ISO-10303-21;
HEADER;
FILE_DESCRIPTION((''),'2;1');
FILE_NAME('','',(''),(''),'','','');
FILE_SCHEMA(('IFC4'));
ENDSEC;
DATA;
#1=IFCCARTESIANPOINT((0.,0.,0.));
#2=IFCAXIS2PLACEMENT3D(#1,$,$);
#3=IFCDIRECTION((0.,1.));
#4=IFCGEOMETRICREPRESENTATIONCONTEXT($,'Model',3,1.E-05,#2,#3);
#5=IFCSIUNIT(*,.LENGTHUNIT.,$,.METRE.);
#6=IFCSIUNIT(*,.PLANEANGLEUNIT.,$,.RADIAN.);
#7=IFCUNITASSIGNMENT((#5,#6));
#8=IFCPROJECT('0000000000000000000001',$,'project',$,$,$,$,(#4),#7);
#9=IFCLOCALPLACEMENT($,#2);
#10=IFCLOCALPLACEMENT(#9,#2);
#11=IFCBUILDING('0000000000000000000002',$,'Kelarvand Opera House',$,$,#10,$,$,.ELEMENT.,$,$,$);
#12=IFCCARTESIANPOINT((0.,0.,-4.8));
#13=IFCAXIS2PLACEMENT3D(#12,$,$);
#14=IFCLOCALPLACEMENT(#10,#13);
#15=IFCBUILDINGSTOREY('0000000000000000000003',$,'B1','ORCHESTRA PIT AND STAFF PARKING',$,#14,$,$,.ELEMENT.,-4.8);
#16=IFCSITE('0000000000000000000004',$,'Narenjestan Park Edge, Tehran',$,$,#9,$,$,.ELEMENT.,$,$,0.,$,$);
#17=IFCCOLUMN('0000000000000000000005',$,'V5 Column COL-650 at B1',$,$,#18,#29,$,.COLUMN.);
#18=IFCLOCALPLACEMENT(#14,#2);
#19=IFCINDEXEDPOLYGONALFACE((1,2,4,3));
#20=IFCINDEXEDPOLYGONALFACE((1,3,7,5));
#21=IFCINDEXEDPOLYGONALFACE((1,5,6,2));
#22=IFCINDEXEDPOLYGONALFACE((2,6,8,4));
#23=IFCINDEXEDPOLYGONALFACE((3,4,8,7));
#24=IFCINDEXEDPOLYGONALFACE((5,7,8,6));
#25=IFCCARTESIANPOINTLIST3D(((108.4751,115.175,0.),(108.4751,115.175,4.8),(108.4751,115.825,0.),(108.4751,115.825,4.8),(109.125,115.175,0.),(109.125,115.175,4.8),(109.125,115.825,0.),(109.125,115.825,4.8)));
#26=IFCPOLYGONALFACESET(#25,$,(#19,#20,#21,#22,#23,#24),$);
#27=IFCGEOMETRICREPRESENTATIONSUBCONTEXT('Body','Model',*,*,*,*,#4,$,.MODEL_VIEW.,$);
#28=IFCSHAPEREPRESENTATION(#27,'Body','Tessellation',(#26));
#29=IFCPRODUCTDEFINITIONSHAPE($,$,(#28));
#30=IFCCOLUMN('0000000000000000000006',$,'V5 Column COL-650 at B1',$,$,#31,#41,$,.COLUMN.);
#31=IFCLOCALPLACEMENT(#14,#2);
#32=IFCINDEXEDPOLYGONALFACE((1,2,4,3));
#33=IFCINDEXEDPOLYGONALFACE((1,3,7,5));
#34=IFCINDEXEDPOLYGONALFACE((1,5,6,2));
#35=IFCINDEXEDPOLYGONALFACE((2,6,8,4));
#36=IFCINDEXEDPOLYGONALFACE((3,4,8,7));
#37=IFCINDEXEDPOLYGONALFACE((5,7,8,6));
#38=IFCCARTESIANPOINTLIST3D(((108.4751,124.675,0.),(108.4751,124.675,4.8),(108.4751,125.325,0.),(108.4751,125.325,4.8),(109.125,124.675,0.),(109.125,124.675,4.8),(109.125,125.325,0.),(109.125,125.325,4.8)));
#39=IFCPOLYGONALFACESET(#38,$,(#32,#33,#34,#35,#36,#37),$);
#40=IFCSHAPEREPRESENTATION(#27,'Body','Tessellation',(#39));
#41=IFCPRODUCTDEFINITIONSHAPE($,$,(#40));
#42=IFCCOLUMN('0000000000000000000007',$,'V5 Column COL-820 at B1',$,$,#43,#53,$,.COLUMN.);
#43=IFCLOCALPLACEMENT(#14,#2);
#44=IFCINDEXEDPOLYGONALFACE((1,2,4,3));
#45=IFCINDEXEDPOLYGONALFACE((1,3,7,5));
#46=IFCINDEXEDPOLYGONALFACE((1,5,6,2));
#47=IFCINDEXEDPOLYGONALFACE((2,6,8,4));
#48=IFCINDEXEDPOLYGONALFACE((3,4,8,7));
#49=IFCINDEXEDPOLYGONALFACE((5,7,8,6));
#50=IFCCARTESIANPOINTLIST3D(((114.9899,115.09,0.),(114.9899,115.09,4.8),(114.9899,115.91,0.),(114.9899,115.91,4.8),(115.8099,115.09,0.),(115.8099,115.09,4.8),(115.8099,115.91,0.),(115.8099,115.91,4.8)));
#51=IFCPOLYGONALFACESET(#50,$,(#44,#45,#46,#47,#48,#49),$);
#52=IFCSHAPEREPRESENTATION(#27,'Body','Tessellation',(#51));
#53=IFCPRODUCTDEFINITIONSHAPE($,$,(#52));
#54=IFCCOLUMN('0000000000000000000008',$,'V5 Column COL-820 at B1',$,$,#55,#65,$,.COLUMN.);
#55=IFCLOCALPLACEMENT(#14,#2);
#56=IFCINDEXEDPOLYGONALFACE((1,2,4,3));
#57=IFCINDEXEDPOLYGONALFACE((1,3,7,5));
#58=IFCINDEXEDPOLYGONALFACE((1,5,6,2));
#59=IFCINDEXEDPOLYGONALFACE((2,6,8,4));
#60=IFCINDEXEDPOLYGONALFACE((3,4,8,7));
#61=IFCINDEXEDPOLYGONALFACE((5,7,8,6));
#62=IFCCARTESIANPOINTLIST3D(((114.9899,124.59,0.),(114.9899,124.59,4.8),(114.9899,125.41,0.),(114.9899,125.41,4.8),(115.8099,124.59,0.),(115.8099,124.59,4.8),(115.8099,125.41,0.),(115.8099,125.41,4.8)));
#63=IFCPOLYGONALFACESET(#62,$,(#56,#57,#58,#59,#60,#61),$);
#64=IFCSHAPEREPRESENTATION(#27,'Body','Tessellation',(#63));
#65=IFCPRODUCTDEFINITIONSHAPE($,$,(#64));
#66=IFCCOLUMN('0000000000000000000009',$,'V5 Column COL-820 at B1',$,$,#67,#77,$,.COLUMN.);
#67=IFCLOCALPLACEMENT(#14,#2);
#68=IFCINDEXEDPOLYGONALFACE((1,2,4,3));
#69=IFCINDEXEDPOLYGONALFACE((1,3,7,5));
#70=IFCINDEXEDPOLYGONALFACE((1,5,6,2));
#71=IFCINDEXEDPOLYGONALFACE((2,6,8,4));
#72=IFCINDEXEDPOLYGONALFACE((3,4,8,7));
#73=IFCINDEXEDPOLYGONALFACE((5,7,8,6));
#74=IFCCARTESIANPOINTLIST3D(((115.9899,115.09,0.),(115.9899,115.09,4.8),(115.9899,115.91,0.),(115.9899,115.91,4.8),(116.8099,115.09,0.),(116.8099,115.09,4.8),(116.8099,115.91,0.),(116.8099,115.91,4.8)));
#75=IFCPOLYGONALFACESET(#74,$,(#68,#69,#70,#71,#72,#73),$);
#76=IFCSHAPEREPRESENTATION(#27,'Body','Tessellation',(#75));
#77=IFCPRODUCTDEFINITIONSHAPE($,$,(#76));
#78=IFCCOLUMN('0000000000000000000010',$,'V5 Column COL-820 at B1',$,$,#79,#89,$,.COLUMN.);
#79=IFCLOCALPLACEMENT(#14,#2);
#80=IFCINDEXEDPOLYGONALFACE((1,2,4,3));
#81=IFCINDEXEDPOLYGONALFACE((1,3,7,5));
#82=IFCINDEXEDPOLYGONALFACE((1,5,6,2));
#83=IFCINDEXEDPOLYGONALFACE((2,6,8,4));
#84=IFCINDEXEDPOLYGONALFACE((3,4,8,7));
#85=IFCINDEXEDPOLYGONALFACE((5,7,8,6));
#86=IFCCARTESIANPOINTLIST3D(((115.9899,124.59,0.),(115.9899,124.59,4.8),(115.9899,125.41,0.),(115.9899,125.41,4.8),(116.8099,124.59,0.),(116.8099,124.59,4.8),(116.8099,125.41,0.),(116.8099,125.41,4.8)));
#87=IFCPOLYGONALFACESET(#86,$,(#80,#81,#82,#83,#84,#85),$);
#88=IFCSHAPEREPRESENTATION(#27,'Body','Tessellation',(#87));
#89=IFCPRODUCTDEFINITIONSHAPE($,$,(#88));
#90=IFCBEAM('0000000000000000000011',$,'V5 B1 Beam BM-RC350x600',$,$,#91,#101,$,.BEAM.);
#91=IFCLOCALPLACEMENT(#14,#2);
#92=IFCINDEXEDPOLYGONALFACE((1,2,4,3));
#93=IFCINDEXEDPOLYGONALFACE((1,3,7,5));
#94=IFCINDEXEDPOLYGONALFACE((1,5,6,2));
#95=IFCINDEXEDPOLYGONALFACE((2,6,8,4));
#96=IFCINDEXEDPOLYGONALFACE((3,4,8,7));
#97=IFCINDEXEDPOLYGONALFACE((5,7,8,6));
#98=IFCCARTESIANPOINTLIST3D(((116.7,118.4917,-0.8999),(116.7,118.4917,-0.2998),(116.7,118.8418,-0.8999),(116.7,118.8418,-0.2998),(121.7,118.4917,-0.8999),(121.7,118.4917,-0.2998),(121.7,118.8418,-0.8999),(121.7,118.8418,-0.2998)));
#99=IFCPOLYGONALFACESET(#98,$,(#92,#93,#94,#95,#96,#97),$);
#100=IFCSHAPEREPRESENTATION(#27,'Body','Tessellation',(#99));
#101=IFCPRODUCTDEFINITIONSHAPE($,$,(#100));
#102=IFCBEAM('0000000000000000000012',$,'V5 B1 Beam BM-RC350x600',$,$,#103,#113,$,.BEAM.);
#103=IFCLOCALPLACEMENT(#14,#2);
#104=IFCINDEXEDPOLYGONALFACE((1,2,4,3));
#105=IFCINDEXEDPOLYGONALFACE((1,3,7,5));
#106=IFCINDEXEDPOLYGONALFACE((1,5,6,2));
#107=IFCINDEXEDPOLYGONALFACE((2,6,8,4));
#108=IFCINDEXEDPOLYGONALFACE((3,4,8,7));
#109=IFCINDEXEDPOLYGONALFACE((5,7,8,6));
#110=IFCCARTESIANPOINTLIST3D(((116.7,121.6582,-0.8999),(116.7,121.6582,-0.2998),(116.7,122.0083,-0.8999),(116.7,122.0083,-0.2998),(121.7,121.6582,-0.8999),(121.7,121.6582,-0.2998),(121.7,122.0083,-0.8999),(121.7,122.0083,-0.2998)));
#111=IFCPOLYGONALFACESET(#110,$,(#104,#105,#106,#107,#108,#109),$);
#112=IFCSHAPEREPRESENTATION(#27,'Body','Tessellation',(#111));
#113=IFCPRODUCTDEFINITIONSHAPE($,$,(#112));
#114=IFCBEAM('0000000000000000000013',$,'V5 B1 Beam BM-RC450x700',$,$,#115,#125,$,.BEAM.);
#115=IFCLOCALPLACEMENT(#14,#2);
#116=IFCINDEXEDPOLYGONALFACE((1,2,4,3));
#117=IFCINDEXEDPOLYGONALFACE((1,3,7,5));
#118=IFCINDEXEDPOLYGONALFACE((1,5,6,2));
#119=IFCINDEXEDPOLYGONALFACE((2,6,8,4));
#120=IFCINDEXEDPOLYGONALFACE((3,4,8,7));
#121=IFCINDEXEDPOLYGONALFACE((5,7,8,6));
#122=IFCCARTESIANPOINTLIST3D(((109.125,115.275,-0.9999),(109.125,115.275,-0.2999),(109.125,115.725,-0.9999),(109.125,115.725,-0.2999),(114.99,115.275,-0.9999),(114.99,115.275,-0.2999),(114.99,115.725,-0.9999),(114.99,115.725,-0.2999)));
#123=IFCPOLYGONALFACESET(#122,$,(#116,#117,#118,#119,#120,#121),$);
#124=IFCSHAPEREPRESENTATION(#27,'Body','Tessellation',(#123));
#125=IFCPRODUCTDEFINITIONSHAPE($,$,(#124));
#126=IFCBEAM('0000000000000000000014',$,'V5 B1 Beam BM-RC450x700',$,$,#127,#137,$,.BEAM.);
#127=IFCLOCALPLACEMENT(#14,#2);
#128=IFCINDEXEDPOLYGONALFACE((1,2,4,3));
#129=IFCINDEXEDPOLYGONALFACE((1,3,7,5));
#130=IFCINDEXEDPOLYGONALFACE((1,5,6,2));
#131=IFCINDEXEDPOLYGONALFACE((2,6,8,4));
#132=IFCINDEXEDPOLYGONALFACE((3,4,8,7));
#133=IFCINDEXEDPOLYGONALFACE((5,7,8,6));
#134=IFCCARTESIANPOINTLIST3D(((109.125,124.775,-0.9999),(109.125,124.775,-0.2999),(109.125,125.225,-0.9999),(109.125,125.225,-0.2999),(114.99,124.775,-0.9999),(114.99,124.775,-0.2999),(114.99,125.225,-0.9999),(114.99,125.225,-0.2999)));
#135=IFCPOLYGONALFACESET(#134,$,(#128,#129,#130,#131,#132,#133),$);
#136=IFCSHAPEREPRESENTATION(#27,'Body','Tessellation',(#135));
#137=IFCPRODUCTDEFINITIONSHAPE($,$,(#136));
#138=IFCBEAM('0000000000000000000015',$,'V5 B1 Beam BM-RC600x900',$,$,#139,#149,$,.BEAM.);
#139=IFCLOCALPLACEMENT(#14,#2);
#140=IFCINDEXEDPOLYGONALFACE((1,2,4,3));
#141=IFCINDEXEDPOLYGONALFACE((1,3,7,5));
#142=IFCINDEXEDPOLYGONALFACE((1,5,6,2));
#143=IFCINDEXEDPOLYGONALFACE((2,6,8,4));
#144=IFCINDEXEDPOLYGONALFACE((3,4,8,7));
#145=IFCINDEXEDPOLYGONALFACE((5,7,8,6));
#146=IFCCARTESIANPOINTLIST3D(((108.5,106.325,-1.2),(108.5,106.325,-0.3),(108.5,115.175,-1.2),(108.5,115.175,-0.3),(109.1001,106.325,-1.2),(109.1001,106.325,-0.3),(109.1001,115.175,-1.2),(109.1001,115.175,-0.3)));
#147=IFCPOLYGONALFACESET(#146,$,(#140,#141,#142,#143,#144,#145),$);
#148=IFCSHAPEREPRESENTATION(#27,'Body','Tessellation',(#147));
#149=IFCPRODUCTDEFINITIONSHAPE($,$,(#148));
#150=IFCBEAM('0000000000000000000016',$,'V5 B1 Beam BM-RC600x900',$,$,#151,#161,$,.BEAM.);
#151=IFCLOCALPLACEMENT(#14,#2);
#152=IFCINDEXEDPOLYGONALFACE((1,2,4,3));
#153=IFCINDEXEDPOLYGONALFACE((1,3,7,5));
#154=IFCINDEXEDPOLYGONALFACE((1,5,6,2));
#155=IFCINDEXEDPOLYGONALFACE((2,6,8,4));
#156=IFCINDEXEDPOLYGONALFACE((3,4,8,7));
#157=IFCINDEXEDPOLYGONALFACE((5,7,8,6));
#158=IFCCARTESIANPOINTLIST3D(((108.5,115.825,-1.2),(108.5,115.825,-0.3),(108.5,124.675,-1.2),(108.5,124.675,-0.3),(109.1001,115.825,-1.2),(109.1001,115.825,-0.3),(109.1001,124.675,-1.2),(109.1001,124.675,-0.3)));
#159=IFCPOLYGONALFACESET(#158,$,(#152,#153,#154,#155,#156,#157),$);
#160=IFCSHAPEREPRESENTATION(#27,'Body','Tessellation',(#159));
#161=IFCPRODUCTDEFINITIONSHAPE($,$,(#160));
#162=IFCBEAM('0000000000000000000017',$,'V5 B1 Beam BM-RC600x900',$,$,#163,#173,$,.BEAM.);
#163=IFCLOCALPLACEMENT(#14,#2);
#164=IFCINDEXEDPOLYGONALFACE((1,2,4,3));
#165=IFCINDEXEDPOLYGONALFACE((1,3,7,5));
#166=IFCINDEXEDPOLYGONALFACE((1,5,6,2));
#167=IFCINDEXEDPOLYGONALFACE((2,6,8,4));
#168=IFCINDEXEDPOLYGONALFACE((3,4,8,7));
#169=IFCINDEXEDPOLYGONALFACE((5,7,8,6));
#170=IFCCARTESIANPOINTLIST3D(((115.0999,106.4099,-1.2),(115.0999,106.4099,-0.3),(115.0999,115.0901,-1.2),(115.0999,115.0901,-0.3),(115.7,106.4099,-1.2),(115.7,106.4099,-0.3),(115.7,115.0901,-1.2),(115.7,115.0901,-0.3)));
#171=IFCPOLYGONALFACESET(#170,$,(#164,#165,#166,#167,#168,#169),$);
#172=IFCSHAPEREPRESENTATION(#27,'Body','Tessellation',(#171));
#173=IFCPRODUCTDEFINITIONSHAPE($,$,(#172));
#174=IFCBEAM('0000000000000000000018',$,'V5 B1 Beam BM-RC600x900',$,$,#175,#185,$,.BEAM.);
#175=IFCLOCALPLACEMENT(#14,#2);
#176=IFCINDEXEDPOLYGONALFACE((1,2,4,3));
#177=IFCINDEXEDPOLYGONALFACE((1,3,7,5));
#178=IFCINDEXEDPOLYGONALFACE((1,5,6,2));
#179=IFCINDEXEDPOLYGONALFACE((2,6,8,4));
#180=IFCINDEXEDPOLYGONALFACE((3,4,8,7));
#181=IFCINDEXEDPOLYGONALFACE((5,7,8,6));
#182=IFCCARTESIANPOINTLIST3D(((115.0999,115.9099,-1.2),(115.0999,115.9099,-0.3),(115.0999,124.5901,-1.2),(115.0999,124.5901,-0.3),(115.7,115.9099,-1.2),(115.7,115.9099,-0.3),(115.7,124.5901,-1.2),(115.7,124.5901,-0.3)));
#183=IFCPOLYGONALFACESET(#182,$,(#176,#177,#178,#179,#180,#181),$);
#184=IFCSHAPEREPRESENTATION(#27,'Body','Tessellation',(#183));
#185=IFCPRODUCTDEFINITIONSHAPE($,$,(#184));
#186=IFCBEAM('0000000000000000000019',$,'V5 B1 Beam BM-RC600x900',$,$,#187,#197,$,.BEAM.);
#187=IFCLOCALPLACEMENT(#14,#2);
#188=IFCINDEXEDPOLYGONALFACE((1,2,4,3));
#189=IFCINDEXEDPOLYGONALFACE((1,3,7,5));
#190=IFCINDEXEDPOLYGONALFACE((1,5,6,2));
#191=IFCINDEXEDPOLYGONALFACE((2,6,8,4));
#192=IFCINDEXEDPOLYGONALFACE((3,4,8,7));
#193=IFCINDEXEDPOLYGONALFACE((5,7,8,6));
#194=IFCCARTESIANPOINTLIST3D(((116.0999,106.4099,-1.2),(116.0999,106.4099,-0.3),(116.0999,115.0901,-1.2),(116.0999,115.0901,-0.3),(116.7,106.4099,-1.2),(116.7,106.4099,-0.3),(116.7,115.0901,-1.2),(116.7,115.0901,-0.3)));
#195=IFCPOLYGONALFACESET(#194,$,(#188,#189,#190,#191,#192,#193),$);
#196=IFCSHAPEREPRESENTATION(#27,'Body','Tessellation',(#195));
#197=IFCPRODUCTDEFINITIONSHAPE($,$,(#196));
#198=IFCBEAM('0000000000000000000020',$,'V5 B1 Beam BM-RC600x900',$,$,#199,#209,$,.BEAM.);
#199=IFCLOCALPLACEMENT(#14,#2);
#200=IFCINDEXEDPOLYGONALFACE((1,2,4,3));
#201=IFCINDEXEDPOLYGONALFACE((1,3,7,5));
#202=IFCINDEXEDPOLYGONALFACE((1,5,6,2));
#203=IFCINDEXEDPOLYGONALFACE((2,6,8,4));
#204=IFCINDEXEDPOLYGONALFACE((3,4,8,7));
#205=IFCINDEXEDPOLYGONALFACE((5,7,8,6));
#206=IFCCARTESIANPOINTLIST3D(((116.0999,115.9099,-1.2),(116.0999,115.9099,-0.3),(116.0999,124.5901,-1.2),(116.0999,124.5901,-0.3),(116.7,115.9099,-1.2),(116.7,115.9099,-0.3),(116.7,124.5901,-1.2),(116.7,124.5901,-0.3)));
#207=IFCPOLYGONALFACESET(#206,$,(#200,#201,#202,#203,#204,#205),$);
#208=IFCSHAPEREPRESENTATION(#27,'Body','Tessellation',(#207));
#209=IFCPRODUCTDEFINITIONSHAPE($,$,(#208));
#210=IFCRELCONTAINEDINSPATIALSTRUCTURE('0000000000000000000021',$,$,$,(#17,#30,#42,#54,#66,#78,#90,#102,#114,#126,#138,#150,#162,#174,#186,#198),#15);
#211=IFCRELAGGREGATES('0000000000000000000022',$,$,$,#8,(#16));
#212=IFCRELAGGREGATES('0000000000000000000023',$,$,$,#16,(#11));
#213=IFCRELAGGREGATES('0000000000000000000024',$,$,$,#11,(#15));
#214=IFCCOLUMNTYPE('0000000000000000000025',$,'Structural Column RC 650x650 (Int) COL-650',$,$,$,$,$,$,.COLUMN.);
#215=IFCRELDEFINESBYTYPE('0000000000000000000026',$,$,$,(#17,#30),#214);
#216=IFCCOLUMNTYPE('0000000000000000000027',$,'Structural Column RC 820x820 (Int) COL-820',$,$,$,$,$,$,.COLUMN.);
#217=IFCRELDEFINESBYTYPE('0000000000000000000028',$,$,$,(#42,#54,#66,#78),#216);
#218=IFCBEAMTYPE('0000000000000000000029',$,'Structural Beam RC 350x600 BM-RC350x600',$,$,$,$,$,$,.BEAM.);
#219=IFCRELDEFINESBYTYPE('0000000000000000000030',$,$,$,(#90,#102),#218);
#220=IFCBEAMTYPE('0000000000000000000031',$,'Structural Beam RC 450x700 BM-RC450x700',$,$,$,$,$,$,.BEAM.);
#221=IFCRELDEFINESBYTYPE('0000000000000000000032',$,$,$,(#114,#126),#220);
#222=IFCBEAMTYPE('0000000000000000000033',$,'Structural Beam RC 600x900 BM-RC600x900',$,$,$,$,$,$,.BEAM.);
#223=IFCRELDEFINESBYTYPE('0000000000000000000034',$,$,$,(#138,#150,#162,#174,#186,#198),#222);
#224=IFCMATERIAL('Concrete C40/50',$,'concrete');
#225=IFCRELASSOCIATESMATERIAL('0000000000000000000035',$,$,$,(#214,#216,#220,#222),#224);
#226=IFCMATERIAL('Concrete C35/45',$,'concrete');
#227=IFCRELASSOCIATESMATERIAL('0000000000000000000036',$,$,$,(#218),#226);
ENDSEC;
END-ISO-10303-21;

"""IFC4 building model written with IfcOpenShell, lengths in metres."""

from ifc_helpers import new_model, si_unit, direction, frame, origin, origin_2d, place, context, subcontext, project, spatial, rectangle, extrude, material, material_profile, profile_set, type_object, element, save


model = new_model("IFC4")

# Units and contexts
model_context = context("Model", 3, precision=1e-05, world=origin(), true_north=direction((0.0, 1.0)))
body_context = subcontext(model_context, "Body", "Model", "MODEL_VIEW")
ifc_project = project(units=[si_unit("LENGTHUNIT", "METRE"), si_unit("PLANEANGLEUNIT", "RADIAN")], contexts=[model_context])

# Site, building, storey
site_placement = place(None, origin())
site = spatial("IfcSite", under=ifc_project, at=site_placement, Name="Narenjestan Park Edge, Tehran", CompositionType="ELEMENT", RefElevation=0.0)
building_placement = place(site_placement, origin())
building = spatial("IfcBuilding", under=site, at=building_placement, Name="Kelarvand Opera House", CompositionType="ELEMENT")
storey_placement = place(building_placement, frame((0.0, 0.0, -4.8)))
storey = spatial("IfcBuildingStorey", under=building, at=storey_placement, Name="B1", Description="ORCHESTRA PIT AND STAFF PARKING", CompositionType="ELEMENT", Elevation=-4.8)

# Columns
ifc_material_1 = material(Name="Concrete C40/50", Category="concrete")
ifc_material_profile_1 = material_profile(ifc_material_1, rectangle(XDim=0.6499, YDim=0.6499, at=origin_2d()), Name="RC 650x650", Category="concrete")
ifc_profile_set_1 = profile_set([ifc_material_profile_1], Name="Concrete C40/50")
column_type_1 = type_object("IfcColumnType", Name="Structural Column RC 650x650 (Int) COL-650", PredefinedType="COLUMN", material=ifc_profile_set_1)
for number, where, z_axis, x_axis, name in (
    (1, (108.8, 115.5, 0.0), (0.0, 0.0, 1.0), (1.0, 0.0, 0.0), "V5 Column COL-650 at B1"),
    (2, (108.8, 125.0, 0.0), (0.0, 0.0, 1.0), (1.0, 0.0, 0.0), "V5 Column COL-650 at B1"),
):
    element("IfcColumn", number, at=place(storey_placement, frame(where, z_axis=z_axis, x_axis=x_axis)), inside=storey, type_object=column_type_1, Name=name, PredefinedType="COLUMN", context=body_context, shape_type="SweptSolid", body=[
        extrude(rectangle(XDim=0.6499, YDim=0.6499, at=origin_2d()), origin(), (0.0, 0.0, 1.0), 4.8),
    ])
ifc_material_profile_2 = material_profile(ifc_material_1, rectangle(XDim=0.8201, YDim=0.8201, at=origin_2d()), Name="RC 820x820", Category="concrete")
ifc_profile_set_2 = profile_set([ifc_material_profile_2], Name="Concrete C40/50")
column_type_2 = type_object("IfcColumnType", Name="Structural Column RC 820x820 (Int) COL-820", PredefinedType="COLUMN", material=ifc_profile_set_2)
for number, where, z_axis, x_axis, name in (
    (3, (115.3999, 115.5, 0.0), (0.0, 0.0, 1.0), (1.0, 0.0, 0.0), "V5 Column COL-820 at B1"),
    (4, (115.3999, 125.0, 0.0), (0.0, 0.0, 1.0), (1.0, 0.0, 0.0), "V5 Column COL-820 at B1"),
    (5, (116.3999, 115.5, 0.0), (0.0, 0.0, 1.0), (1.0, 0.0, 0.0), "V5 Column COL-820 at B1"),
    (6, (116.3999, 125.0, 0.0), (0.0, 0.0, 1.0), (1.0, 0.0, 0.0), "V5 Column COL-820 at B1"),
):
    element("IfcColumn", number, at=place(storey_placement, frame(where, z_axis=z_axis, x_axis=x_axis)), inside=storey, type_object=column_type_2, Name=name, PredefinedType="COLUMN", context=body_context, shape_type="SweptSolid", body=[
        extrude(rectangle(XDim=0.8201, YDim=0.8201, at=origin_2d()), origin(), (0.0, 0.0, 1.0), 4.8),
    ])

# Beams
ifc_material_2 = material(Name="Concrete C35/45", Category="concrete")
ifc_material_profile_3 = material_profile(ifc_material_2, rectangle(XDim=0.3501, YDim=0.6001, at=origin_2d()), Name="RC 350x600", Category="concrete")
ifc_profile_set_3 = profile_set([ifc_material_profile_3], Name="Concrete C35/45")
beam_type_1 = type_object("IfcBeamType", Name="Structural Beam RC 350x600 BM-RC350x600", PredefinedType="BEAM", material=ifc_profile_set_3)
for number, where, z_axis, x_axis, name in (
    (7, (116.7, 118.6667, -0.5999), (1.0, 0.0, 0.0), (0.0, 1.0, 0.0), "V5 B1 Beam BM-RC350x600"),
    (8, (116.7, 121.8333, -0.5999), (1.0, 0.0, 0.0), (0.0, 1.0, 0.0), "V5 B1 Beam BM-RC350x600"),
):
    element("IfcBeam", number, at=place(storey_placement, frame(where, z_axis=z_axis, x_axis=x_axis)), inside=storey, type_object=beam_type_1, Name=name, PredefinedType="BEAM", context=body_context, shape_type="SweptSolid", body=[
        extrude(rectangle(XDim=0.3501, YDim=0.6001, at=origin_2d()), origin(), (0.0, 0.0, 1.0), 5.0),
    ])
ifc_material_profile_4 = material_profile(ifc_material_1, rectangle(XDim=0.45, YDim=0.7, at=origin_2d()), Name="RC 450x700", Category="concrete")
ifc_profile_set_4 = profile_set([ifc_material_profile_4], Name="Concrete C40/50")
beam_type_2 = type_object("IfcBeamType", Name="Structural Beam RC 450x700 BM-RC450x700", PredefinedType="BEAM", material=ifc_profile_set_4)
for number, where, z_axis, x_axis, name in (
    (9, (109.125, 115.5, -0.6499), (1.0, 0.0, 0.0), (0.0, 1.0, 0.0), "V5 B1 Beam BM-RC450x700"),
    (10, (109.125, 125.0, -0.6499), (1.0, 0.0, 0.0), (0.0, 1.0, 0.0), "V5 B1 Beam BM-RC450x700"),
):
    element("IfcBeam", number, at=place(storey_placement, frame(where, z_axis=z_axis, x_axis=x_axis)), inside=storey, type_object=beam_type_2, Name=name, PredefinedType="BEAM", context=body_context, shape_type="SweptSolid", body=[
        extrude(rectangle(XDim=0.45, YDim=0.7, at=origin_2d()), origin(), (0.0, 0.0, 1.0), 5.865),
    ])
ifc_material_profile_5 = material_profile(ifc_material_1, rectangle(XDim=0.6001, YDim=0.8999, at=origin_2d()), Name="RC 600x900", Category="concrete")
ifc_profile_set_5 = profile_set([ifc_material_profile_5], Name="Concrete C40/50")
beam_type_3 = type_object("IfcBeamType", Name="Structural Beam RC 600x900 BM-RC600x900", PredefinedType="BEAM", material=ifc_profile_set_5)
for number, where, z_axis, x_axis, name in (
    (11, (108.8, 106.325, -0.75), (0.0, 1.0, 0.0), (-1.0, 0.0, 0.0), "V5 B1 Beam BM-RC600x900"),
    (12, (108.8, 115.825, -0.75), (0.0, 1.0, 0.0), (-1.0, 0.0, 0.0), "V5 B1 Beam BM-RC600x900"),
):
    element("IfcBeam", number, at=place(storey_placement, frame(where, z_axis=z_axis, x_axis=x_axis)), inside=storey, type_object=beam_type_3, Name=name, PredefinedType="BEAM", context=body_context, shape_type="SweptSolid", body=[
        extrude(rectangle(XDim=0.6001, YDim=0.8999, at=origin_2d()), origin(), (0.0, 0.0, 1.0), 8.8501),
    ])
for number, where, z_axis, x_axis, name in (
    (13, (115.3999, 106.4099, -0.75), (0.0, 1.0, 0.0), (-1.0, 0.0, 0.0), "V5 B1 Beam BM-RC600x900"),
    (14, (115.3999, 115.9099, -0.75), (0.0, 1.0, 0.0), (-1.0, 0.0, 0.0), "V5 B1 Beam BM-RC600x900"),
    (15, (116.3999, 106.4099, -0.75), (0.0, 1.0, 0.0), (-1.0, 0.0, 0.0), "V5 B1 Beam BM-RC600x900"),
    (16, (116.3999, 115.9099, -0.75), (0.0, 1.0, 0.0), (-1.0, 0.0, 0.0), "V5 B1 Beam BM-RC600x900"),
):
    element("IfcBeam", number, at=place(storey_placement, frame(where, z_axis=z_axis, x_axis=x_axis)), inside=storey, type_object=beam_type_3, Name=name, PredefinedType="BEAM", context=body_context, shape_type="SweptSolid", body=[
        extrude(rectangle(XDim=0.6001, YDim=0.8999, at=origin_2d()), origin(), (0.0, 0.0, 1.0), 8.6802),
    ])

save(model, "model.ifc")
